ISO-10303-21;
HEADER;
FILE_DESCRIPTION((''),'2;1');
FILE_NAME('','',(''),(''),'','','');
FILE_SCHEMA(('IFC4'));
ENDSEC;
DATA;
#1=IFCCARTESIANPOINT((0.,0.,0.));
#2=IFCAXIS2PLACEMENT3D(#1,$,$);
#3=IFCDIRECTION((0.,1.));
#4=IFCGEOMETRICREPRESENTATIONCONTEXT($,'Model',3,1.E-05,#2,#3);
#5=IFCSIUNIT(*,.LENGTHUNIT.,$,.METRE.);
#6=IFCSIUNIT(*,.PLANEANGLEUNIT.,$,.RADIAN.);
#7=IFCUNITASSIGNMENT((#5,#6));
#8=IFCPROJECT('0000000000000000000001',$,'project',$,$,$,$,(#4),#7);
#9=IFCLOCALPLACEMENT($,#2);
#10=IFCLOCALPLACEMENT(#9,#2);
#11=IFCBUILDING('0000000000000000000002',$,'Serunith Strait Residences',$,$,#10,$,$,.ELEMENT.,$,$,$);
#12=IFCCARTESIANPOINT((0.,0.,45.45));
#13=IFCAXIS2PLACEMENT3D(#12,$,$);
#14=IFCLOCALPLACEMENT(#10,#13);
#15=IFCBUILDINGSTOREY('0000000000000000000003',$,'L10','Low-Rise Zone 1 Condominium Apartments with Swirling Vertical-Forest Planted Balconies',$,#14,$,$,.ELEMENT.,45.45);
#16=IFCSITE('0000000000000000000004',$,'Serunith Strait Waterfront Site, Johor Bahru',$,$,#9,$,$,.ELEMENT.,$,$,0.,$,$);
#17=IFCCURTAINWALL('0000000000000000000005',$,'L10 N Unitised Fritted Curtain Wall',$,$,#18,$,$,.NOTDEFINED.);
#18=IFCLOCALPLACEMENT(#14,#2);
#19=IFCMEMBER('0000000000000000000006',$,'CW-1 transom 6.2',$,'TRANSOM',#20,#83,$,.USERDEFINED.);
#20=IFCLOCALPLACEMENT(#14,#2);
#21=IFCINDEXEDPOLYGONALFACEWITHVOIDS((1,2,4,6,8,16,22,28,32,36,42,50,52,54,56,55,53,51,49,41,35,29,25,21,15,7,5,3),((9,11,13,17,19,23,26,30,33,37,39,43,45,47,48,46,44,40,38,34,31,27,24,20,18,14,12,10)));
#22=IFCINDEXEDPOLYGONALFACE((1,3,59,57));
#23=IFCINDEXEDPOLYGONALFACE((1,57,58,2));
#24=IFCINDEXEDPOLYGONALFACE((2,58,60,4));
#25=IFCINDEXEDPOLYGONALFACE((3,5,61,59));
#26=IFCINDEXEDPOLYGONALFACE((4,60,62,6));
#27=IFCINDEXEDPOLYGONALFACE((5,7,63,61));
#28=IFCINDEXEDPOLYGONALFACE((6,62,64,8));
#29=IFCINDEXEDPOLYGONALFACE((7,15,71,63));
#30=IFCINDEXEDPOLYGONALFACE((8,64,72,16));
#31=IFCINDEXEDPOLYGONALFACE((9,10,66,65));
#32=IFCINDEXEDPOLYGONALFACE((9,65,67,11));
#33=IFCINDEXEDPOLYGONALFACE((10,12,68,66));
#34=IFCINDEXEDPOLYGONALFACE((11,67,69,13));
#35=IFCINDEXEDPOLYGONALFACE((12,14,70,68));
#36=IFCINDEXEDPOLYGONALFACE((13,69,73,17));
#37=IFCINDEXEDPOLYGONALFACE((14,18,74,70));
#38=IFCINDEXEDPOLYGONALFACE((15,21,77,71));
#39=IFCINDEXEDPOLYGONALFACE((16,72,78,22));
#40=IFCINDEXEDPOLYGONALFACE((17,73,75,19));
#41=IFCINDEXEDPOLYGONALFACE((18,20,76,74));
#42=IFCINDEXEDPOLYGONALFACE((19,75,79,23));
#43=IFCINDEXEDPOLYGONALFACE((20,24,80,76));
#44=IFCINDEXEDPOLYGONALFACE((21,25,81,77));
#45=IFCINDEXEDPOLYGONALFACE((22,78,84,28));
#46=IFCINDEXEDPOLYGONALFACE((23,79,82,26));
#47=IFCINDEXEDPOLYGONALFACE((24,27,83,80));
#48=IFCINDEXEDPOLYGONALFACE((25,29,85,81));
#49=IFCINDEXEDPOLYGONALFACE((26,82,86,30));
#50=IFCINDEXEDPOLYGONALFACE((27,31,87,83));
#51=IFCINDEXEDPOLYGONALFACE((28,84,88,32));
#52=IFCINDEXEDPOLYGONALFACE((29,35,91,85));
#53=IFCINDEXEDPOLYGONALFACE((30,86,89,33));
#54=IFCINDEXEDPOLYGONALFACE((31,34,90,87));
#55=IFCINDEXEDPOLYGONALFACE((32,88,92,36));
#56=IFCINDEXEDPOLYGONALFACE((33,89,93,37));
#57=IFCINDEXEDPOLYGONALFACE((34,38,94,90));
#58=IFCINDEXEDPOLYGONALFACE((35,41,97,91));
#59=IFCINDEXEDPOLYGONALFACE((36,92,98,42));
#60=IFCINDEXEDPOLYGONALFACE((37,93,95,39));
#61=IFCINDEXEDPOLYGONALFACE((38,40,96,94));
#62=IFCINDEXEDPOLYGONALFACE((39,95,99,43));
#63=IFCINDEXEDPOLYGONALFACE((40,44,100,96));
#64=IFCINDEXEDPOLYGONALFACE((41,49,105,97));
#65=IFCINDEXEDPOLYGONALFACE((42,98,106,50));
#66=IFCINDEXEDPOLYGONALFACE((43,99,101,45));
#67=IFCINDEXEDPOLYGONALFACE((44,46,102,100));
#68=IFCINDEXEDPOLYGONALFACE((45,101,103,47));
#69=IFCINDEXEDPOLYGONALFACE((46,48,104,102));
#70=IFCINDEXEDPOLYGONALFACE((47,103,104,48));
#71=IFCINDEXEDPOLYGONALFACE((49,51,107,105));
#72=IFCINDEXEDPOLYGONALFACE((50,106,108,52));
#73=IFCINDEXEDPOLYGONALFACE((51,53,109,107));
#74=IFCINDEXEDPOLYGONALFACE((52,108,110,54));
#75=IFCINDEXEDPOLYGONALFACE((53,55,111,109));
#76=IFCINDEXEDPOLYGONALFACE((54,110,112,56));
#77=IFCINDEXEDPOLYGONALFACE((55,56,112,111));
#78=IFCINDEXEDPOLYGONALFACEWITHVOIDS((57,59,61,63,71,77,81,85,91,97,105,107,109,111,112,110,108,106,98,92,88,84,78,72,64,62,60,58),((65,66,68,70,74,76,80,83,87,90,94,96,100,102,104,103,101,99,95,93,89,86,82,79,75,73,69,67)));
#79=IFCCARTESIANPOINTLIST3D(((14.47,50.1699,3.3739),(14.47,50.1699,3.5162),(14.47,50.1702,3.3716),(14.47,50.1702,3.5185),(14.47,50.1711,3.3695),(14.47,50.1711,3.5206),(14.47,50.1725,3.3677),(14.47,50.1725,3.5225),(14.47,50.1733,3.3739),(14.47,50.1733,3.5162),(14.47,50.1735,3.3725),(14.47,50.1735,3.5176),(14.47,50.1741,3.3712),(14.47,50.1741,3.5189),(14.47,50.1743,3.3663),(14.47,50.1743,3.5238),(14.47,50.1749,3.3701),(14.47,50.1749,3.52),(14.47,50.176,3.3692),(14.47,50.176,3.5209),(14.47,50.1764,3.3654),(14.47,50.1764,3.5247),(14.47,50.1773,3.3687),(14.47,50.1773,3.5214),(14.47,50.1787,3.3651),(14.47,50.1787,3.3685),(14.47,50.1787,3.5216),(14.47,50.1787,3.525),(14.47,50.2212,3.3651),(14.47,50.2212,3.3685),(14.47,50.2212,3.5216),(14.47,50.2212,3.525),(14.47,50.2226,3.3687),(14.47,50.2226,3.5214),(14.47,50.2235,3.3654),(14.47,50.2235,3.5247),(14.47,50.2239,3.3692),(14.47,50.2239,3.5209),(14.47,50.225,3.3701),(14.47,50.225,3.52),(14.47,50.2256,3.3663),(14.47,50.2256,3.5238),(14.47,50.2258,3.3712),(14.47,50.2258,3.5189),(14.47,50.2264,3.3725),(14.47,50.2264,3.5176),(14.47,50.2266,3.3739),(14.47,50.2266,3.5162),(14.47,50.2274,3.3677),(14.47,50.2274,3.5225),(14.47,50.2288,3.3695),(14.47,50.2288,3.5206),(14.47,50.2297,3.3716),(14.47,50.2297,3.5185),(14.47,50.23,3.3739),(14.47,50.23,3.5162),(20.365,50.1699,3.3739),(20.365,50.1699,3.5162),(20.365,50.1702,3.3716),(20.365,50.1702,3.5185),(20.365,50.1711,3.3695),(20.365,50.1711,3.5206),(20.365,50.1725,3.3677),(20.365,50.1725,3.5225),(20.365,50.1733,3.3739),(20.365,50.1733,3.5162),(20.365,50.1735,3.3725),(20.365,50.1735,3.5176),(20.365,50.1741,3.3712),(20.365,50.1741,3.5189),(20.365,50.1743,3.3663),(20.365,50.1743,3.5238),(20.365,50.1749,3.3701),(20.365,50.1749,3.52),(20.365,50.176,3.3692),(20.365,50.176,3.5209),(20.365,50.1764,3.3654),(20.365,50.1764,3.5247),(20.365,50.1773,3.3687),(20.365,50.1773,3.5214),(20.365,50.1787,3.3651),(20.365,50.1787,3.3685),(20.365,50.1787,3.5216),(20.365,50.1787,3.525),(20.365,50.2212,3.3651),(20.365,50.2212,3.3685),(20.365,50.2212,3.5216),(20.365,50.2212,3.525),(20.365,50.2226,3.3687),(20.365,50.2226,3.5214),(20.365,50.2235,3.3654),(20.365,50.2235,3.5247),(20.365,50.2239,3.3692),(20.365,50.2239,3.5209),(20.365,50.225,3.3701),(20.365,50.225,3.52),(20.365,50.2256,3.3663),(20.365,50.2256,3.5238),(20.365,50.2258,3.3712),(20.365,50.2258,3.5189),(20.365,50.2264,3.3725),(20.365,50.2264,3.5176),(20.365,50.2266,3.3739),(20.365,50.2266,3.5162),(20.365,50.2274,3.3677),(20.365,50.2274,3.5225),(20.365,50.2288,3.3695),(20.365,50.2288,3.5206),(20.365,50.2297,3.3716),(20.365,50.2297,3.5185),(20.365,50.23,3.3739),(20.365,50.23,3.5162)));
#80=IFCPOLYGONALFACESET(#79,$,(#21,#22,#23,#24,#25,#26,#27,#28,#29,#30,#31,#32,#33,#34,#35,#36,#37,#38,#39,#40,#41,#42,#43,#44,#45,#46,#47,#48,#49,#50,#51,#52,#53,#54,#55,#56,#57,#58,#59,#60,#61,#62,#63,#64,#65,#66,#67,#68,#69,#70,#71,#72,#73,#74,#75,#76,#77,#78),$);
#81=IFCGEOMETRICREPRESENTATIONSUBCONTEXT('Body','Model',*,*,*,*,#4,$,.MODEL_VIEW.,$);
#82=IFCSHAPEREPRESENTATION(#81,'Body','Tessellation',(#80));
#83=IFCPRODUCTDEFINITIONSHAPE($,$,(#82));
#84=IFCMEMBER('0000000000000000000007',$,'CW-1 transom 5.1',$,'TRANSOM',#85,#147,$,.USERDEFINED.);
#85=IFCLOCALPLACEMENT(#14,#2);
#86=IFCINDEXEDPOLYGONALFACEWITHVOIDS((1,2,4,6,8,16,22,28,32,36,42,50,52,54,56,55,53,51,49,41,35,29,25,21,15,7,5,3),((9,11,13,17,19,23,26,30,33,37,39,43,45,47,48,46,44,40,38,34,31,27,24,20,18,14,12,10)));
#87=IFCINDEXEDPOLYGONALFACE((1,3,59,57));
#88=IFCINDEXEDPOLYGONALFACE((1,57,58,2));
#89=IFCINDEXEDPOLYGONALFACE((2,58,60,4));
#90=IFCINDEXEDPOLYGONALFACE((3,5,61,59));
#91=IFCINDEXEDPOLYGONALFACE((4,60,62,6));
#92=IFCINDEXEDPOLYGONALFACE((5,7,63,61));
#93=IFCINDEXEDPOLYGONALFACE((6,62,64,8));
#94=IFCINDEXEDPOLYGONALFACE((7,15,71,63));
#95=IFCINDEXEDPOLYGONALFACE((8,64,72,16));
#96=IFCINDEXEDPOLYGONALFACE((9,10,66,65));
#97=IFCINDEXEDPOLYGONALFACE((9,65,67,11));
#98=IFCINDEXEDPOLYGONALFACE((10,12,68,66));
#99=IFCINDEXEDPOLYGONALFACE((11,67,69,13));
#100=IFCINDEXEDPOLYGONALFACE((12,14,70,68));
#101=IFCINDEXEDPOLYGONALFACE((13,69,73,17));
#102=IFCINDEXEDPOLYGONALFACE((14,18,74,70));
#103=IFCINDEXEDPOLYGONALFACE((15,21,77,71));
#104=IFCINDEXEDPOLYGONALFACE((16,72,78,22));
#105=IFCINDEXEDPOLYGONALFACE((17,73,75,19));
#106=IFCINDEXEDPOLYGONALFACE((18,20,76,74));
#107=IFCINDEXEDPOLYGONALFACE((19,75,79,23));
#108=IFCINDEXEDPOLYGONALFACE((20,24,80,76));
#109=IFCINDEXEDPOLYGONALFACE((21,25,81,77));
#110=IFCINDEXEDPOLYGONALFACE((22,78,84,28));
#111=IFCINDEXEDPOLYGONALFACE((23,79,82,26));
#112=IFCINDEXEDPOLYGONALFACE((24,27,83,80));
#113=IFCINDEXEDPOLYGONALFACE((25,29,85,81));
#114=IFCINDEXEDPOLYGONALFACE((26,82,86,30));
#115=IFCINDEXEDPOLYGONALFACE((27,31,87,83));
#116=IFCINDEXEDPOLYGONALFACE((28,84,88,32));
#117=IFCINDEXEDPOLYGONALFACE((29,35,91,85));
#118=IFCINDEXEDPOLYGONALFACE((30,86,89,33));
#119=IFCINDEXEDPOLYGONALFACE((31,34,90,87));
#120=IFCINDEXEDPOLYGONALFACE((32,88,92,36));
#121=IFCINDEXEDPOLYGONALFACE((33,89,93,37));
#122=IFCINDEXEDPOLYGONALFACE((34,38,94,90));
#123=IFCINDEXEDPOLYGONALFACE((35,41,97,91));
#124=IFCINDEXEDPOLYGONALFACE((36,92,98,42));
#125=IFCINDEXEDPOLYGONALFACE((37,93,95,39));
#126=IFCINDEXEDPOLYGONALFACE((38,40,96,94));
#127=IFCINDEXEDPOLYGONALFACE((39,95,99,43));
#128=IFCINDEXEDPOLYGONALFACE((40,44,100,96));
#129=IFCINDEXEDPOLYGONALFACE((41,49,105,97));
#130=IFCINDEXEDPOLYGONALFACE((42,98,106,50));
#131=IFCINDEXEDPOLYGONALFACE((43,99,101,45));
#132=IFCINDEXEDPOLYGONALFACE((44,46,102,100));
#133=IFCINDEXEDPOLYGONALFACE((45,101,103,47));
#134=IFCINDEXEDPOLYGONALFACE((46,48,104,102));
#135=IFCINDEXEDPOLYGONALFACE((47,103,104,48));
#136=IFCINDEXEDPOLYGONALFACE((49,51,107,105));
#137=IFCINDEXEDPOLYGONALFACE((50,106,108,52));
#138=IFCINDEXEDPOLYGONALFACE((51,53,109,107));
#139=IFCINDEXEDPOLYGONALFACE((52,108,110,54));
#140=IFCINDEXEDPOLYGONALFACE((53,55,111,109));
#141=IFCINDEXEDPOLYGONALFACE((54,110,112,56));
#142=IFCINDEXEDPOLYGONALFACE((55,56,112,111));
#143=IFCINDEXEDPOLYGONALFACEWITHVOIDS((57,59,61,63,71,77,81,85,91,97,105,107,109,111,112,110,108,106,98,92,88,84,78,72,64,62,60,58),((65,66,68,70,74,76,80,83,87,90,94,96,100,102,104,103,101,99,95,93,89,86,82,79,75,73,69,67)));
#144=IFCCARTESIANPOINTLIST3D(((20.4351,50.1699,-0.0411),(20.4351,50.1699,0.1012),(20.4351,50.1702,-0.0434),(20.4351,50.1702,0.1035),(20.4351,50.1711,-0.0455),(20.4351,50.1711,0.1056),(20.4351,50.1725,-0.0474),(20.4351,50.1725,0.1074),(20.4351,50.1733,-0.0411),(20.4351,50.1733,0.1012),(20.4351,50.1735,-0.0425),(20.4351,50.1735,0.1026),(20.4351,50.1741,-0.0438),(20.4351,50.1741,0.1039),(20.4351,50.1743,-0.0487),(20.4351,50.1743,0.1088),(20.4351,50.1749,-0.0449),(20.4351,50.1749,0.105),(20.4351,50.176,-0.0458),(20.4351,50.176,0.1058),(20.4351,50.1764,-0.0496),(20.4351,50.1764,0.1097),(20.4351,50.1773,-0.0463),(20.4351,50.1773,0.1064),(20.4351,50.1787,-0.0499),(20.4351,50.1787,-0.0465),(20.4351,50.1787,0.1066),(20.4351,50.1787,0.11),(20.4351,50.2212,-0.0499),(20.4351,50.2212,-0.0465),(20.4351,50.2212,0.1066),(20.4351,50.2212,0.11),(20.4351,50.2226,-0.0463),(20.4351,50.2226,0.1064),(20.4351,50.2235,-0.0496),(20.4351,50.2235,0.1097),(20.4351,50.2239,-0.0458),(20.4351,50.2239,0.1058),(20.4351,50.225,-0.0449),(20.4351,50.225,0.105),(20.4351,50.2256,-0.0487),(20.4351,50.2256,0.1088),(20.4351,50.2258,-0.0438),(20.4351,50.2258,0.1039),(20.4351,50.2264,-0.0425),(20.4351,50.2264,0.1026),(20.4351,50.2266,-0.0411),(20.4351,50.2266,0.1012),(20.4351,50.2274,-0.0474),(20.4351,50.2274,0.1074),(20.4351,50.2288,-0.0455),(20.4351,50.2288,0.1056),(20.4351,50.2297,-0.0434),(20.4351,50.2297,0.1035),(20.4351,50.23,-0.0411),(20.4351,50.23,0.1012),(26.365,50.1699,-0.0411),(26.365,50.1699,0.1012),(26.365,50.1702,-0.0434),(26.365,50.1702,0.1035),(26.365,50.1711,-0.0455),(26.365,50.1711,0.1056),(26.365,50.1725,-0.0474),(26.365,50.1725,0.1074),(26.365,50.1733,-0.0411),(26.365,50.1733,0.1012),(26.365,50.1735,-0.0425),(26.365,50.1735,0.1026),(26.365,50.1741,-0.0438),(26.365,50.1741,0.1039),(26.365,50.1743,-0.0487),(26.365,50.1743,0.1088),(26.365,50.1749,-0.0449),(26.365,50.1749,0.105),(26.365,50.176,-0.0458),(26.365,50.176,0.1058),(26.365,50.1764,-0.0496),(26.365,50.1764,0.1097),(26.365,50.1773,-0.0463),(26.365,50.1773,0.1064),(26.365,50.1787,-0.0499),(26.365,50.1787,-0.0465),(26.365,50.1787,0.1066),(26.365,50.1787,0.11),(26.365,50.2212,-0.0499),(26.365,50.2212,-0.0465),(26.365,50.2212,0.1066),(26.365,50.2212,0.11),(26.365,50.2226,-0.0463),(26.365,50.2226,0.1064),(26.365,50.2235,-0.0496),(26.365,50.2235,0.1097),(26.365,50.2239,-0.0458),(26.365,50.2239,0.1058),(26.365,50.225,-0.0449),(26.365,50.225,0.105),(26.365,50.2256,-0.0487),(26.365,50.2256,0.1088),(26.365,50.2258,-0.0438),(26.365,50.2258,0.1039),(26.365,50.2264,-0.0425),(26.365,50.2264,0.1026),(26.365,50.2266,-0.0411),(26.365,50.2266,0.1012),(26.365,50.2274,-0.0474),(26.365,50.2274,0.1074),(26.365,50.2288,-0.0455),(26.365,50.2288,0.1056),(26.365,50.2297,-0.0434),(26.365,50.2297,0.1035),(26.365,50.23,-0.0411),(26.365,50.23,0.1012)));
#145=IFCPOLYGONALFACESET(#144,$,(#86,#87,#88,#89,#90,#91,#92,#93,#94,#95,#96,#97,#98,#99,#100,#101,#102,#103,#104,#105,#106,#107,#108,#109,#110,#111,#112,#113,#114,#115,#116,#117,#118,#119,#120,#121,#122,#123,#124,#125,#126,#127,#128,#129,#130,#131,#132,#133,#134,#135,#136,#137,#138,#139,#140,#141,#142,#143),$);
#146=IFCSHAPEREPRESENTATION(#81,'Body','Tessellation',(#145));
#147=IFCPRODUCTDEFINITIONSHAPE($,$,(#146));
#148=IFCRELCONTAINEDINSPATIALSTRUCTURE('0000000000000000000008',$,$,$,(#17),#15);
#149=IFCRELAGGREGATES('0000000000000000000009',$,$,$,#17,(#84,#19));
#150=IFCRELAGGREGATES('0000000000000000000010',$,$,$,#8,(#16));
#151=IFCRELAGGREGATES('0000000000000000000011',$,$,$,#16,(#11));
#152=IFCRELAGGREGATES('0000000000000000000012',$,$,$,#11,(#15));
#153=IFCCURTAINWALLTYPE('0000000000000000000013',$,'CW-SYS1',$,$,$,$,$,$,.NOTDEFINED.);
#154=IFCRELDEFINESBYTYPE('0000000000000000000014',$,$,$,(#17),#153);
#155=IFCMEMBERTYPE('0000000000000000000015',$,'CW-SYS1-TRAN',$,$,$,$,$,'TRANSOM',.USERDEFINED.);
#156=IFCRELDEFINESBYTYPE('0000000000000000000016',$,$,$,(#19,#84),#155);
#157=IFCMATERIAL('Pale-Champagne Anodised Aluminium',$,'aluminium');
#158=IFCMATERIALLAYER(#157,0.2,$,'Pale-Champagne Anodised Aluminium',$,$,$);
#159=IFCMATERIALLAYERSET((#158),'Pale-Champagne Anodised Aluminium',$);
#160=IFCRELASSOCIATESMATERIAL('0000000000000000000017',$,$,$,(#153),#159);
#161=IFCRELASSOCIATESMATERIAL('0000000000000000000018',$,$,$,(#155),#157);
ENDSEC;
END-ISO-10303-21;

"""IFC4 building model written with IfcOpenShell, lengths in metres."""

from ifc_helpers import new_model, si_unit, direction, frame, origin, origin_2d, place, context, subcontext, project, spatial, hollow_rectangle, extrude, source, transform, mapped, material, layer, layer_set, material_profile, profile_set, type_object, element, aggregate, save


model = new_model("IFC4")

# Units and contexts
model_context = context("Model", 3, precision=1e-05, world=origin(), true_north=direction((0.0, 1.0)))
body_context = subcontext(model_context, "Body", "Model", "MODEL_VIEW")
ifc_project = project(units=[si_unit("LENGTHUNIT", "METRE"), si_unit("PLANEANGLEUNIT", "RADIAN")], contexts=[model_context])

# Site, building, storey
site_placement = place(None, origin())
site = spatial("IfcSite", under=ifc_project, at=site_placement, Name="Serunith Strait Waterfront Site, Johor Bahru", CompositionType="ELEMENT", RefElevation=0.0)
building_placement = place(site_placement, origin())
building = spatial("IfcBuilding", under=site, at=building_placement, Name="Serunith Strait Residences", CompositionType="ELEMENT")
storey_placement = place(building_placement, frame((0.0, 0.0, 45.45)))
storey = spatial("IfcBuildingStorey", under=building, at=storey_placement, Name="L10", Description="Low-Rise Zone 1 Condominium Apartments with Swirling Vertical-Forest Planted Balconies", CompositionType="ELEMENT", Elevation=45.45)

# Curtain wall, members
ifc_material_1 = material(Name="Pale-Champagne Anodised Aluminium", Category="aluminium")
ifc_layer_1 = layer(ifc_material_1, 0.2, Name="Pale-Champagne Anodised Aluminium")
ifc_layer_set_1 = layer_set([ifc_layer_1], Name="Pale-Champagne Anodised Aluminium")
curtain_wall_type = type_object("IfcCurtainWallType", Name="CW-SYS1", PredefinedType="NOTDEFINED", material=ifc_layer_set_1)
curtain_wall_placement = place(storey_placement, origin())
curtain_wall = element("IfcCurtainWall", 1, at=curtain_wall_placement, inside=storey, type_object=curtain_wall_type, Name="L10 N Unitised Fritted Curtain Wall", PredefinedType="NOTDEFINED")
ifc_material_profile_1 = material_profile(ifc_material_1, hollow_rectangle(XDim=0.0601, YDim=0.1599, WallThickness=0.0034, InnerFilletRadius=0.0054, OuterFilletRadius=0.0088, at=origin_2d()), Name="ALU 160x60x3.5")
ifc_profile_set_1 = profile_set([ifc_material_profile_1], Name="Pale-Champagne Anodised Aluminium")
member_type_1 = type_object("IfcMemberType", Name="CW-SYS1-TRAN", ElementType="TRANSOM", PredefinedType="USERDEFINED", material=ifc_profile_set_1)
shared_shape_1 = source(origin(), body_context, "Body", "SweptSolid", [
    extrude(hollow_rectangle(XDim=0.0601, YDim=0.1599, WallThickness=0.0034, InnerFilletRadius=0.0054, OuterFilletRadius=0.0088, at=origin_2d()), origin(), (0.0, 0.0, 1.0), 5.895),
])
member_1_placement = place(storey_placement, frame((20.365, 50.2, 3.4451), z_axis=(-1.0, 0.0, 0.0), x_axis=(0.0, -1.0, 0.0)))
member_1 = element("IfcMember", 2, at=member_1_placement, type_object=member_type_1, Name="CW-1 transom 6.2", ObjectType="TRANSOM", PredefinedType="USERDEFINED", context=body_context, shape_type="MappedRepresentation", body=[
    mapped(shared_shape_1, transform((0.0, 0.0, 0.0), scale=1.0)),
])
shared_shape_2 = source(origin(), body_context, "Body", "SweptSolid", [
    extrude(hollow_rectangle(XDim=0.0601, YDim=0.1599, WallThickness=0.0034, InnerFilletRadius=0.0054, OuterFilletRadius=0.0088, at=origin_2d()), origin(), (0.0, 0.0, 1.0), 5.9299),
])
member_2_placement = place(storey_placement, frame((26.365, 50.2, 0.03), z_axis=(-1.0, 0.0, 0.0), x_axis=(0.0, -1.0, 0.0)))
member_2 = element("IfcMember", 3, at=member_2_placement, type_object=member_type_1, Name="CW-1 transom 5.1", ObjectType="TRANSOM", PredefinedType="USERDEFINED", context=body_context, shape_type="MappedRepresentation", body=[
    mapped(shared_shape_2, transform((0.0, 0.0, 0.0), scale=1.0)),
])
aggregate(curtain_wall, [member_2, member_1])

save(model, "model.ifc")
